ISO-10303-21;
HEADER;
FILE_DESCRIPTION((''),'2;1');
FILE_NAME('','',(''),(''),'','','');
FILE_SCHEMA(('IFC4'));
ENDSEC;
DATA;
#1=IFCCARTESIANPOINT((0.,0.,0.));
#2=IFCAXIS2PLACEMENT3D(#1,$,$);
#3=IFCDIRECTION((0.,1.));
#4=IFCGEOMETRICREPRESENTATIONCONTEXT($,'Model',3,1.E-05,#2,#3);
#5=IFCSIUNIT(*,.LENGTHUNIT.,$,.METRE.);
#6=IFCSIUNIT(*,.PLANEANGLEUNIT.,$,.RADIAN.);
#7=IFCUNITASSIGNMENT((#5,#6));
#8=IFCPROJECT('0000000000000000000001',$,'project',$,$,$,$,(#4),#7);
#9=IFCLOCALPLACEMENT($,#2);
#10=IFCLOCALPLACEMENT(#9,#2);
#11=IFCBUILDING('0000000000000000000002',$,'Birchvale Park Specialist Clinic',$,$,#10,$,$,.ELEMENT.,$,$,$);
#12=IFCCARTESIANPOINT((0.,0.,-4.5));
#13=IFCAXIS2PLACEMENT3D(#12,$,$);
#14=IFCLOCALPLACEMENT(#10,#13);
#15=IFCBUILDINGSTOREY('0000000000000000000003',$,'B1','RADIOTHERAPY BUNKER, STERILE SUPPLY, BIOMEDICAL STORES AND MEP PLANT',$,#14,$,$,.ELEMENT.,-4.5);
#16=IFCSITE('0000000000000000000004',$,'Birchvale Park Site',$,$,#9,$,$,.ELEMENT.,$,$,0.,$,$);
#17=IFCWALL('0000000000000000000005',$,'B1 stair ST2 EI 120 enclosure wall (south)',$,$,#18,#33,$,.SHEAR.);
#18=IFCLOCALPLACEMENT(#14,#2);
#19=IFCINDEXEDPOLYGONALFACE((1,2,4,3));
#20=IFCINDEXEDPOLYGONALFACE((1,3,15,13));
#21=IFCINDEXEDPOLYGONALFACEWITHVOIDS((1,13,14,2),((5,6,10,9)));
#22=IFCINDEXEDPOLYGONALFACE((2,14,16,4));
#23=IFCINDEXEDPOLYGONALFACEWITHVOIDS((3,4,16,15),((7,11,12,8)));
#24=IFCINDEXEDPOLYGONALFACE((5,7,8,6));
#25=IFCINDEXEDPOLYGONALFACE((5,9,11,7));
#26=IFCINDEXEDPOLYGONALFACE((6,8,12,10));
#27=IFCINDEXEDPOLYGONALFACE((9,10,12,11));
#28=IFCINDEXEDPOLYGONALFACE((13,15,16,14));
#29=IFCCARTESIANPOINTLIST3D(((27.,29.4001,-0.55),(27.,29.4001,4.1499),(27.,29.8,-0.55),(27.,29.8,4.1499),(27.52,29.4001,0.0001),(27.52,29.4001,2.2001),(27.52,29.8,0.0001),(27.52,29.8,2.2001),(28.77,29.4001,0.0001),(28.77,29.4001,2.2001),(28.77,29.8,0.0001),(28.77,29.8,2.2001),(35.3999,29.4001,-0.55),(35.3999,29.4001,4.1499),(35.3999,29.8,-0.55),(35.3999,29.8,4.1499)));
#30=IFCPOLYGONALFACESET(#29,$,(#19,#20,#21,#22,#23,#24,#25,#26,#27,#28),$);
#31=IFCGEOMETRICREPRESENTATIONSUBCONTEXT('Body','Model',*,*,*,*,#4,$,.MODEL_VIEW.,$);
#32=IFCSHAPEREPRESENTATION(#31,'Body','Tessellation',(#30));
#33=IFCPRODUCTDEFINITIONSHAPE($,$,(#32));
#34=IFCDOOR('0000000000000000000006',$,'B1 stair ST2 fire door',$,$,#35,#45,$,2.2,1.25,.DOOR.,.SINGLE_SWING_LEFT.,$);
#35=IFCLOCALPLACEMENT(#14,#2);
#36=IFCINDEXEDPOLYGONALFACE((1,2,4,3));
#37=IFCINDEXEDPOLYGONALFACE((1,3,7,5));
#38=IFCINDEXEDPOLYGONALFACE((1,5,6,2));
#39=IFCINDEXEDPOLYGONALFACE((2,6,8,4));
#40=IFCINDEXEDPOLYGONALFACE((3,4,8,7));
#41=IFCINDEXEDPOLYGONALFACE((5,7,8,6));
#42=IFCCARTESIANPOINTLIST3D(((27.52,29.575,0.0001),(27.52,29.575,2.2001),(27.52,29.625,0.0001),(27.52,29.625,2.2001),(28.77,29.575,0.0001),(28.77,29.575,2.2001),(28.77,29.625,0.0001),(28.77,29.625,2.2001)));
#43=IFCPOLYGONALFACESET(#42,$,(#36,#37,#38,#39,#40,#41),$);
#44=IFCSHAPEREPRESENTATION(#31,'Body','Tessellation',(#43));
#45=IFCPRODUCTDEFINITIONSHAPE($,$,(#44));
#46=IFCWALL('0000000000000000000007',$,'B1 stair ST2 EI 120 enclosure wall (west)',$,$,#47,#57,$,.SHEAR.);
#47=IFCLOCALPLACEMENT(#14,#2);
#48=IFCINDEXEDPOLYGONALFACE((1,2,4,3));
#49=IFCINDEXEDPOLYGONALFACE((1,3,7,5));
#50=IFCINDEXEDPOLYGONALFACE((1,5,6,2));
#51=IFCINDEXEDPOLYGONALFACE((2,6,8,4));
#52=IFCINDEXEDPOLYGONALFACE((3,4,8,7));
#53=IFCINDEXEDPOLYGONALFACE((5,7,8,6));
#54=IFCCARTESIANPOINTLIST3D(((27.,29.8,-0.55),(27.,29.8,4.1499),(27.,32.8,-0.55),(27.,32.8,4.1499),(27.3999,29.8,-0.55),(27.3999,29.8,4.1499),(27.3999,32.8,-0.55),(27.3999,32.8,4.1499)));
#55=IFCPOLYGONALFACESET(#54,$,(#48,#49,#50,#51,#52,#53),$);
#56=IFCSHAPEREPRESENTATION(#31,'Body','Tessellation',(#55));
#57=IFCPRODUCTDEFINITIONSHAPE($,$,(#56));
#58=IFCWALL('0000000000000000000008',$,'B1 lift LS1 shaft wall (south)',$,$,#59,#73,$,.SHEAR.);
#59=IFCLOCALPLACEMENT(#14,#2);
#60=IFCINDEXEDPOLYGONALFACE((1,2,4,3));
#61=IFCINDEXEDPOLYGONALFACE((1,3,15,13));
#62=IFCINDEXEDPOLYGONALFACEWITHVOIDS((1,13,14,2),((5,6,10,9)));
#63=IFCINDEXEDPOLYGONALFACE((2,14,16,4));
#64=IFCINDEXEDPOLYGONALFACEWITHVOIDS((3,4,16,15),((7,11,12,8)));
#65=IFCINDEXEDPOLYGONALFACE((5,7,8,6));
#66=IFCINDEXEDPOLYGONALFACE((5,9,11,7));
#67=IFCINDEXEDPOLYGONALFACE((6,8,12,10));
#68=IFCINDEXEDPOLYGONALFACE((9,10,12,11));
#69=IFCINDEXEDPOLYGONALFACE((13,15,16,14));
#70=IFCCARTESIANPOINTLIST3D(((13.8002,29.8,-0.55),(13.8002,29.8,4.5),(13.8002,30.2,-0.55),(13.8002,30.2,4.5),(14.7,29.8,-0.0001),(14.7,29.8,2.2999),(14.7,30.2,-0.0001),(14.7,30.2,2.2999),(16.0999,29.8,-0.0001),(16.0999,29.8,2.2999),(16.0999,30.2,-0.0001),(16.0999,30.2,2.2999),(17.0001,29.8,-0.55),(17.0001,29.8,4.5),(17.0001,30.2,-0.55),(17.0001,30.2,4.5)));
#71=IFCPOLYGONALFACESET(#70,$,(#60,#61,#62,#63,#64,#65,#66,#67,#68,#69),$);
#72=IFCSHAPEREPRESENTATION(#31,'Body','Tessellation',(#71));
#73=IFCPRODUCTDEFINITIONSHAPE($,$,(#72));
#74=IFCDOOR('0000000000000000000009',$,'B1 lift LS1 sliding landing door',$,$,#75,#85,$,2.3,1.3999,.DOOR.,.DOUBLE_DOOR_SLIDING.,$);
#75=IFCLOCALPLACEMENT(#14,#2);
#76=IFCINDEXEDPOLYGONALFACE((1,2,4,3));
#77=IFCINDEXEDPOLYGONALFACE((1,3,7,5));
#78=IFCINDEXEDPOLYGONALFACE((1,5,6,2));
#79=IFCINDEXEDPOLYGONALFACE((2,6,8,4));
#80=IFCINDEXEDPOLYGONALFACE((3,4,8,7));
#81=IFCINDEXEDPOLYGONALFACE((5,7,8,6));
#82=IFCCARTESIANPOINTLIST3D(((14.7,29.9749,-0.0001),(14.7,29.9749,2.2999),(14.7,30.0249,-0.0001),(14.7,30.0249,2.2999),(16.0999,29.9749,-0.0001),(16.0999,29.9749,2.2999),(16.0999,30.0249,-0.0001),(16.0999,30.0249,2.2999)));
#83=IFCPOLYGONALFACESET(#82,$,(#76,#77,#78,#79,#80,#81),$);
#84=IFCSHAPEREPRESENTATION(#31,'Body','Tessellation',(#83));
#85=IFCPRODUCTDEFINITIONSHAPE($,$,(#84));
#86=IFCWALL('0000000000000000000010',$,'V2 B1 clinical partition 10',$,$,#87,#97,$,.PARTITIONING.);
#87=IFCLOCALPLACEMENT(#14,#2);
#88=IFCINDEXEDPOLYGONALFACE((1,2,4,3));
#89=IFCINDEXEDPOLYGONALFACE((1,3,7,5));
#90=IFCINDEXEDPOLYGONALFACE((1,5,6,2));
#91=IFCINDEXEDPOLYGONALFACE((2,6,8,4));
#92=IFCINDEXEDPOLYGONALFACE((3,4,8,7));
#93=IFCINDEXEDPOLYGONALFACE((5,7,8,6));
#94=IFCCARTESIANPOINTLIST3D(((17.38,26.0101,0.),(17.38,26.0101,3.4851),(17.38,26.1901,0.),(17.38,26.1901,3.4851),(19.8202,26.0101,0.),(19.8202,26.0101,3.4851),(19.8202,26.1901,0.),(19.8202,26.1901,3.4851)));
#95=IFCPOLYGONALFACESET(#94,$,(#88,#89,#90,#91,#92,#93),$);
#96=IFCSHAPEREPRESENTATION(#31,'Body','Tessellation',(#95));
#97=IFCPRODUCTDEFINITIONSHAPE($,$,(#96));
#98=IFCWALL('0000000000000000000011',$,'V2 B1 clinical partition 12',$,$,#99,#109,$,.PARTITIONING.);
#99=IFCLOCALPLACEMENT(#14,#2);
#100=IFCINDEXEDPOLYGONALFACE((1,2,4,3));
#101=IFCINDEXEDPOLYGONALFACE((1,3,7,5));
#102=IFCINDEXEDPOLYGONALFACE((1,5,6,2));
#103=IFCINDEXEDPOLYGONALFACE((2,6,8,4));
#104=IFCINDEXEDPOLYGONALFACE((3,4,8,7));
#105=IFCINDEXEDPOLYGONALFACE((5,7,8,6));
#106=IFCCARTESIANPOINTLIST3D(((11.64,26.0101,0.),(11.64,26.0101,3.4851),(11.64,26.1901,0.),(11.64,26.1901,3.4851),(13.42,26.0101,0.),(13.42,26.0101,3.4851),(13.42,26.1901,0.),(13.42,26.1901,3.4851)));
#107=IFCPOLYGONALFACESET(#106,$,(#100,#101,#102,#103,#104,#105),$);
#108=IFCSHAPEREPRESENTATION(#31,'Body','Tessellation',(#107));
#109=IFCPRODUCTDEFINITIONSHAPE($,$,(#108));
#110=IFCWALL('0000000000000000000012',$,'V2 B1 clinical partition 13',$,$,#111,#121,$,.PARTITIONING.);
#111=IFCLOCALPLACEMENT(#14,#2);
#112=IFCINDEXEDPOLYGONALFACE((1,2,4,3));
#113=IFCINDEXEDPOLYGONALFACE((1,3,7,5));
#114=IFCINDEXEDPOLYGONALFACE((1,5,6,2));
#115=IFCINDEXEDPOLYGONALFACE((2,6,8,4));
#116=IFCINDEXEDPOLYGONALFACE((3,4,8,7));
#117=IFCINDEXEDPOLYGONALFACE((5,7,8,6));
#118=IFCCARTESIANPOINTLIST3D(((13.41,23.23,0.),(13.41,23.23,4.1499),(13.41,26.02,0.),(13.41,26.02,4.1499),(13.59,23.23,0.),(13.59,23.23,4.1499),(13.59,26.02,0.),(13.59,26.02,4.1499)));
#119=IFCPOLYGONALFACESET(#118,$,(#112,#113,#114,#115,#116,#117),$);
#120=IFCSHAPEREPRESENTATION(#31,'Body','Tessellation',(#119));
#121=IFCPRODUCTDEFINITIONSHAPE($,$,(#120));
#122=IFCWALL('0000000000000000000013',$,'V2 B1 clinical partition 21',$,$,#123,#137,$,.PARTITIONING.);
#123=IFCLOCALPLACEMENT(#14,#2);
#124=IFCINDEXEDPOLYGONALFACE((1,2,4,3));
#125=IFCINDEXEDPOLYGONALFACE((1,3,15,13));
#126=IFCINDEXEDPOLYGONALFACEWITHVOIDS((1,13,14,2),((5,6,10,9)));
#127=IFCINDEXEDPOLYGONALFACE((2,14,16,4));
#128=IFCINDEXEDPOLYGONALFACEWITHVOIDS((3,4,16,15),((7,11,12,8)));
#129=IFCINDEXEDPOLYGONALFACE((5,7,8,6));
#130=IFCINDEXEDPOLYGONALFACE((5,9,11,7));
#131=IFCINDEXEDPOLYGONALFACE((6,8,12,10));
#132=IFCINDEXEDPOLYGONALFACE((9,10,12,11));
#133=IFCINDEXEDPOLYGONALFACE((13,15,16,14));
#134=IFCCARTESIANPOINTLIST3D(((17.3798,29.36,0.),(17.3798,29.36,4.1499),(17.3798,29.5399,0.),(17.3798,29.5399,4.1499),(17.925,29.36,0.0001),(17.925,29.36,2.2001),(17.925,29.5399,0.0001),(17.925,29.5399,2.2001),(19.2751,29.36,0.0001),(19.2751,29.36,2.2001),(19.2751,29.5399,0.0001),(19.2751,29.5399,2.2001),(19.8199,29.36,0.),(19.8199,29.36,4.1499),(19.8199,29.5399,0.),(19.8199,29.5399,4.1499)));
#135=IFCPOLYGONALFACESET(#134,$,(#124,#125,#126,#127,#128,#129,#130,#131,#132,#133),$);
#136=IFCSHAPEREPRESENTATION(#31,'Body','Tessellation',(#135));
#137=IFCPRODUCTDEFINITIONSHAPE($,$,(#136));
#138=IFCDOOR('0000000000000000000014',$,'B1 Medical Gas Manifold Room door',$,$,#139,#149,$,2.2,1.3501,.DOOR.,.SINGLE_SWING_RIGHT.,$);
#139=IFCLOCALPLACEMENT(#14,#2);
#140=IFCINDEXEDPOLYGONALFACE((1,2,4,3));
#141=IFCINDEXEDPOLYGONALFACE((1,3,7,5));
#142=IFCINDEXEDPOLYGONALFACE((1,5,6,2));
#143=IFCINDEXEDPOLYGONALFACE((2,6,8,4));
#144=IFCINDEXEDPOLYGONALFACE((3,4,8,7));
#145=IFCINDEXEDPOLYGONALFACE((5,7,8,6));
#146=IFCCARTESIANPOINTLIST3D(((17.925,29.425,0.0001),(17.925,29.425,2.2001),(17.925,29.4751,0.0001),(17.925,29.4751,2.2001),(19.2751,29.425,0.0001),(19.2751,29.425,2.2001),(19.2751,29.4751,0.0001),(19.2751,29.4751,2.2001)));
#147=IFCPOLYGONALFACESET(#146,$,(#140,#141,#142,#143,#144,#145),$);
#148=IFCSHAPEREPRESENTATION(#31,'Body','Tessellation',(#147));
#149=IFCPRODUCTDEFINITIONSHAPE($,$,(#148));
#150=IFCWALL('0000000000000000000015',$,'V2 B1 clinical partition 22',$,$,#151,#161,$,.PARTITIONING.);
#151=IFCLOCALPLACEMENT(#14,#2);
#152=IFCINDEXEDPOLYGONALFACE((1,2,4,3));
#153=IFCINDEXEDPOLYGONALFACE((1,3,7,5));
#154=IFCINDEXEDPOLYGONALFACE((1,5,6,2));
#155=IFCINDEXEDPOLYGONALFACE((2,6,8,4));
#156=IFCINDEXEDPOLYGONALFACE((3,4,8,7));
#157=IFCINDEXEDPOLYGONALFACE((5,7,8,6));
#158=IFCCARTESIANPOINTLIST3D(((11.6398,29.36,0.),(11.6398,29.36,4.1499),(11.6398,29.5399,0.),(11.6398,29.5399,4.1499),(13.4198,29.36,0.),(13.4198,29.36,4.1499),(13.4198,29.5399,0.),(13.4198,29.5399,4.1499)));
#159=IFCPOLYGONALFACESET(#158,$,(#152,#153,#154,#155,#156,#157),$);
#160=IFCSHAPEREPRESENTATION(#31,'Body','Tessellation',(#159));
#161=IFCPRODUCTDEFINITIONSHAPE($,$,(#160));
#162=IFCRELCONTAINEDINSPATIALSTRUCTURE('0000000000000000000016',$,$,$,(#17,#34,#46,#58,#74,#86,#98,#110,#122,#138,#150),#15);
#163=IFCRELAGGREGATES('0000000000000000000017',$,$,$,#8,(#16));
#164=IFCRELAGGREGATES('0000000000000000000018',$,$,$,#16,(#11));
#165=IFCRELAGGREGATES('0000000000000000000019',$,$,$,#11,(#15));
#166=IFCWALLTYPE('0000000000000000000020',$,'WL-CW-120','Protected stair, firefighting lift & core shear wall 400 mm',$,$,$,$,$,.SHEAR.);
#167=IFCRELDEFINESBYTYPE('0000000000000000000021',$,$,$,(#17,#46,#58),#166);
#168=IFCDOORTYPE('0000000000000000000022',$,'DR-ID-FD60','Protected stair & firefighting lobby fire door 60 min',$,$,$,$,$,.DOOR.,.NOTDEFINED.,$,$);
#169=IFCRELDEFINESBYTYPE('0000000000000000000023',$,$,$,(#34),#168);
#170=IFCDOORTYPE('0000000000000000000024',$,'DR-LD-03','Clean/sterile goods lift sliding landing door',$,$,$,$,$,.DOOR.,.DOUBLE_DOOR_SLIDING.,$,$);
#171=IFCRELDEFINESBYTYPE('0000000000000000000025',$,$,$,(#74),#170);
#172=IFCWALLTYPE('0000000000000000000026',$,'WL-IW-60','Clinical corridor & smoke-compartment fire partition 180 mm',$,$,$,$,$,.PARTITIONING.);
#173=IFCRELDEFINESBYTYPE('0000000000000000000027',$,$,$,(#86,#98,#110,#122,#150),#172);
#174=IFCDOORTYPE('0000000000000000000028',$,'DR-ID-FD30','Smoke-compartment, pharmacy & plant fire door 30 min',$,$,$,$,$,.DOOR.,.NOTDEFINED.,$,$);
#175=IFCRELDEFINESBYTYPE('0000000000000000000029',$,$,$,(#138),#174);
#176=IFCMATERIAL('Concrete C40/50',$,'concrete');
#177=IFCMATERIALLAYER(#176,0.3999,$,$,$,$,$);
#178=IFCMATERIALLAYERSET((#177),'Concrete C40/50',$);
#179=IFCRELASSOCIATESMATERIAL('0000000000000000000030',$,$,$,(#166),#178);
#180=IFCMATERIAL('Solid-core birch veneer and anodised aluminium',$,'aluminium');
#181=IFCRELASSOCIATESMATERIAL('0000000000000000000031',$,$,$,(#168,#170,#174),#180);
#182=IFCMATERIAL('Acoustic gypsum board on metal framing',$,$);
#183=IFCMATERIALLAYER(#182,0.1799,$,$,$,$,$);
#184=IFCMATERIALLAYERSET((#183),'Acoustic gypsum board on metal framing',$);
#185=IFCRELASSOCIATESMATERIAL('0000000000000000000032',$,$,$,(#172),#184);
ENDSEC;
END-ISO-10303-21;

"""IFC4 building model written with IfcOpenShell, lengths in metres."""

from ifc_helpers import new_model, si_unit, direction, frame, frame_2d, origin, place, context, subcontext, project, spatial, rectangle, extrude, material, layer, layer_set, type_object, element, fill, save


model = new_model("IFC4")

# Units and contexts
model_context = context("Model", 3, precision=1e-05, world=origin(), true_north=direction((0.0, 1.0)))
body_context = subcontext(model_context, "Body", "Model", "MODEL_VIEW")
ifc_project = project(units=[si_unit("LENGTHUNIT", "METRE"), si_unit("PLANEANGLEUNIT", "RADIAN")], contexts=[model_context])

# Site, building, storey
site_placement = place(None, origin())
site = spatial("IfcSite", under=ifc_project, at=site_placement, Name="Birchvale Park Site", CompositionType="ELEMENT", RefElevation=0.0)
building_placement = place(site_placement, origin())
building = spatial("IfcBuilding", under=site, at=building_placement, Name="Birchvale Park Specialist Clinic", CompositionType="ELEMENT")
storey_placement = place(building_placement, frame((0.0, 0.0, -4.5)))
storey = spatial("IfcBuildingStorey", under=building, at=storey_placement, Name="B1", Description="RADIOTHERAPY BUNKER, STERILE SUPPLY, BIOMEDICAL STORES AND MEP PLANT", CompositionType="ELEMENT", Elevation=-4.5)

# Shared definitions
ifc_material_1 = material(Name="Concrete C40/50", Category="concrete")

# Wall, opening, door
ifc_layer_1 = layer(ifc_material_1, 0.3999)
ifc_layer_set_1 = layer_set([ifc_layer_1], Name="Concrete C40/50")
wall_type_1 = type_object("IfcWallType", Name="WL-CW-120", Description="Protected stair, firefighting lift & core shear wall 400 mm", PredefinedType="SHEAR", material=ifc_layer_set_1)
wall_1_placement = place(storey_placement, frame((27.0, 29.6001, -0.55), z_axis=(0.0, 0.0, 1.0), x_axis=(1.0, 0.0, 0.0)))
wall_1 = element("IfcWall", 1, at=wall_1_placement, inside=storey, type_object=wall_type_1, Name="B1 stair ST2 EI 120 enclosure wall (south)", PredefinedType="SHEAR", context=body_context, shape_type="SweptSolid", body=[
    extrude(rectangle(XDim=8.3999, YDim=0.3999, at=frame_2d((4.2, 0.0))), origin(), (0.0, 0.0, 1.0), 4.7),
])
opening_1_placement = place(wall_1_placement, frame((0.52, 0.0, 0.55)))
opening_1 = element("IfcOpeningElement", 2, at=opening_1_placement, cuts=wall_1, PredefinedType="OPENING", context=body_context, shape_type="SweptSolid", body=[
    extrude(rectangle(XDim=1.25, YDim=2.2, at=frame_2d((0.625, 1.1001))), frame((0.0, 0.21, 0.0), z_axis=(0.0, -1.0, 0.0), x_axis=(1.0, 0.0, 0.0)), (0.0, 0.0, 1.0), 0.4199),
])
ifc_material_2 = material(Name="Solid-core birch veneer and anodised aluminium", Category="aluminium")
door_type_1 = type_object("IfcDoorType", Name="DR-ID-FD60", Description="Protected stair & firefighting lobby fire door 60 min", OperationType="NOTDEFINED", PredefinedType="DOOR", material=ifc_material_2)
door_1_placement = place(opening_1_placement, origin())
door_1 = element("IfcDoor", 3, at=door_1_placement, inside=storey, type_object=door_type_1, Name="B1 stair ST2 fire door", OperationType="SINGLE_SWING_LEFT", OverallHeight=2.2, OverallWidth=1.25, PredefinedType="DOOR", context=body_context, shape_type="SweptSolid", body=[
    extrude(rectangle(XDim=1.25, YDim=2.2, at=frame_2d((0.625, 1.1001))), frame((0.0, 0.0249, 0.0), z_axis=(0.0, -1.0, 0.0), x_axis=(1.0, 0.0, 0.0)), (0.0, 0.0, 1.0), 0.05),
])
fill(opening_1, door_1)

# Wall
wall_2_placement = place(storey_placement, frame((27.2, 29.8, -0.55), z_axis=(0.0, 0.0, 1.0), x_axis=(0.0, 1.0, 0.0)))
element("IfcWall", 4, at=wall_2_placement, inside=storey, type_object=wall_type_1, Name="B1 stair ST2 EI 120 enclosure wall (west)", PredefinedType="SHEAR", context=body_context, shape_type="SweptSolid", body=[
    extrude(rectangle(XDim=3.0, YDim=0.3999, at=frame_2d((1.5, 0.0))), origin(), (0.0, 0.0, 1.0), 4.7),
])

# Wall, opening, door
wall_3_placement = place(storey_placement, frame((13.8, 30.0, -0.55), z_axis=(0.0, 0.0, 1.0), x_axis=(1.0, 0.0, 0.0)))
wall_3 = element("IfcWall", 5, at=wall_3_placement, inside=storey, type_object=wall_type_1, Name="B1 lift LS1 shaft wall (south)", PredefinedType="SHEAR", context=body_context, shape_type="SweptSolid", body=[
    extrude(rectangle(XDim=3.2, YDim=0.3999, at=frame_2d((1.6001, 0.0))), origin(), (0.0, 0.0, 1.0), 5.05),
])
opening_2_placement = place(wall_3_placement, frame((0.8999, 0.0, 0.55)))
opening_2 = element("IfcOpeningElement", 6, at=opening_2_placement, cuts=wall_3, PredefinedType="OPENING", context=body_context, shape_type="SweptSolid", body=[
    extrude(rectangle(XDim=1.3999, YDim=2.3, at=frame_2d((0.7, 1.1499))), frame((0.0, 0.21, 0.0), z_axis=(0.0, -1.0, 0.0), x_axis=(1.0, 0.0, 0.0)), (0.0, 0.0, 1.0), 0.4199),
])
door_type_2 = type_object("IfcDoorType", Name="DR-LD-03", Description="Clean/sterile goods lift sliding landing door", OperationType="DOUBLE_DOOR_SLIDING", PredefinedType="DOOR", material=ifc_material_2)
door_2_placement = place(opening_2_placement, origin())
door_2 = element("IfcDoor", 7, at=door_2_placement, inside=storey, type_object=door_type_2, Name="B1 lift LS1 sliding landing door", OperationType="DOUBLE_DOOR_SLIDING", OverallHeight=2.3, OverallWidth=1.3999, PredefinedType="DOOR", context=body_context, shape_type="SweptSolid", body=[
    extrude(rectangle(XDim=1.3999, YDim=2.3, at=frame_2d((0.7, 1.1499))), frame((0.0, 0.0249, 0.0), z_axis=(0.0, -1.0, 0.0), x_axis=(1.0, 0.0, 0.0)), (0.0, 0.0, 1.0), 0.05),
])
fill(opening_2, door_2)

# Walls
ifc_material_3 = material(Name="Acoustic gypsum board on metal framing")
ifc_layer_2 = layer(ifc_material_3, 0.1799)
ifc_layer_set_2 = layer_set([ifc_layer_2], Name="Acoustic gypsum board on metal framing")
wall_type_2 = type_object("IfcWallType", Name="WL-IW-60", Description="Clinical corridor & smoke-compartment fire partition 180 mm", PredefinedType="PARTITIONING", material=ifc_layer_set_2)
wall_4_placement = place(storey_placement, frame((17.3799, 26.1001, 0.0), z_axis=(0.0, 0.0, 1.0), x_axis=(1.0, 0.0, 0.0)))
element("IfcWall", 8, at=wall_4_placement, inside=storey, type_object=wall_type_2, Name="V2 B1 clinical partition 10", PredefinedType="PARTITIONING", context=body_context, shape_type="SweptSolid", body=[
    extrude(rectangle(XDim=2.4402, YDim=0.1799, at=frame_2d((1.2202, 0.0))), origin(), (0.0, 0.0, 1.0), 3.4851),
])
wall_5_placement = place(storey_placement, frame((11.6399, 26.1001, 0.0), z_axis=(0.0, 0.0, 1.0), x_axis=(1.0, 0.0, 0.0)))
element("IfcWall", 9, at=wall_5_placement, inside=storey, type_object=wall_type_2, Name="V2 B1 clinical partition 12", PredefinedType="PARTITIONING", context=body_context, shape_type="SweptSolid", body=[
    extrude(rectangle(XDim=1.78, YDim=0.1799, at=frame_2d((0.8901, 0.0))), origin(), (0.0, 0.0, 1.0), 3.4851),
])
wall_6_placement = place(storey_placement, frame((13.5, 26.02, 0.0), z_axis=(0.0, 0.0, 1.0), x_axis=(0.0, -1.0, 0.0)))
element("IfcWall", 10, at=wall_6_placement, inside=storey, type_object=wall_type_2, Name="V2 B1 clinical partition 13", PredefinedType="PARTITIONING", context=body_context, shape_type="SweptSolid", body=[
    extrude(rectangle(XDim=2.79, YDim=0.1799, at=frame_2d((1.395, 0.0))), origin(), (0.0, 0.0, 1.0), 4.1499),
])

# Wall, opening, door
wall_7_placement = place(storey_placement, frame((19.8201, 29.45, 0.0), z_axis=(0.0, 0.0, 1.0), x_axis=(-1.0, 0.0, 0.0)))
wall_7 = element("IfcWall", 11, at=wall_7_placement, inside=storey, type_object=wall_type_2, Name="V2 B1 clinical partition 21", PredefinedType="PARTITIONING", context=body_context, shape_type="SweptSolid", body=[
    extrude(rectangle(XDim=2.4402, YDim=0.1799, at=frame_2d((1.2202, 0.0))), origin(), (0.0, 0.0, 1.0), 4.1499),
])
opening_3_placement = place(wall_7_placement, frame((0.5449, 0.0, 0.0)))
opening_3 = element("IfcOpeningElement", 12, at=opening_3_placement, cuts=wall_7, PredefinedType="OPENING", context=body_context, shape_type="SweptSolid", body=[
    extrude(rectangle(XDim=1.3501, YDim=2.2, at=frame_2d((0.675, 1.1001))), frame((0.0, 0.1001, 0.0), z_axis=(0.0, -1.0, 0.0), x_axis=(1.0, 0.0, 0.0)), (0.0, 0.0, 1.0), 0.2),
])
door_type_3 = type_object("IfcDoorType", Name="DR-ID-FD30", Description="Smoke-compartment, pharmacy & plant fire door 30 min", OperationType="NOTDEFINED", PredefinedType="DOOR", material=ifc_material_2)
door_3_placement = place(opening_3_placement, origin())
door_3 = element("IfcDoor", 13, at=door_3_placement, inside=storey, type_object=door_type_3, Name="B1 Medical Gas Manifold Room door", OperationType="SINGLE_SWING_RIGHT", OverallHeight=2.2, OverallWidth=1.3501, PredefinedType="DOOR", context=body_context, shape_type="SweptSolid", body=[
    extrude(rectangle(XDim=1.3501, YDim=2.2, at=frame_2d((0.675, 1.1001))), frame((0.0, 0.0249, 0.0), z_axis=(0.0, -1.0, 0.0), x_axis=(1.0, 0.0, 0.0)), (0.0, 0.0, 1.0), 0.05),
])
fill(opening_3, door_3)

# Wall
wall_8_placement = place(storey_placement, frame((13.4199, 29.45, 0.0), z_axis=(0.0, 0.0, 1.0), x_axis=(-1.0, 0.0, 0.0)))
element("IfcWall", 14, at=wall_8_placement, inside=storey, type_object=wall_type_2, Name="V2 B1 clinical partition 22", PredefinedType="PARTITIONING", context=body_context, shape_type="SweptSolid", body=[
    extrude(rectangle(XDim=1.78, YDim=0.1799, at=frame_2d((0.8901, 0.0))), origin(), (0.0, 0.0, 1.0), 4.1499),
])

save(model, "model.ifc")
